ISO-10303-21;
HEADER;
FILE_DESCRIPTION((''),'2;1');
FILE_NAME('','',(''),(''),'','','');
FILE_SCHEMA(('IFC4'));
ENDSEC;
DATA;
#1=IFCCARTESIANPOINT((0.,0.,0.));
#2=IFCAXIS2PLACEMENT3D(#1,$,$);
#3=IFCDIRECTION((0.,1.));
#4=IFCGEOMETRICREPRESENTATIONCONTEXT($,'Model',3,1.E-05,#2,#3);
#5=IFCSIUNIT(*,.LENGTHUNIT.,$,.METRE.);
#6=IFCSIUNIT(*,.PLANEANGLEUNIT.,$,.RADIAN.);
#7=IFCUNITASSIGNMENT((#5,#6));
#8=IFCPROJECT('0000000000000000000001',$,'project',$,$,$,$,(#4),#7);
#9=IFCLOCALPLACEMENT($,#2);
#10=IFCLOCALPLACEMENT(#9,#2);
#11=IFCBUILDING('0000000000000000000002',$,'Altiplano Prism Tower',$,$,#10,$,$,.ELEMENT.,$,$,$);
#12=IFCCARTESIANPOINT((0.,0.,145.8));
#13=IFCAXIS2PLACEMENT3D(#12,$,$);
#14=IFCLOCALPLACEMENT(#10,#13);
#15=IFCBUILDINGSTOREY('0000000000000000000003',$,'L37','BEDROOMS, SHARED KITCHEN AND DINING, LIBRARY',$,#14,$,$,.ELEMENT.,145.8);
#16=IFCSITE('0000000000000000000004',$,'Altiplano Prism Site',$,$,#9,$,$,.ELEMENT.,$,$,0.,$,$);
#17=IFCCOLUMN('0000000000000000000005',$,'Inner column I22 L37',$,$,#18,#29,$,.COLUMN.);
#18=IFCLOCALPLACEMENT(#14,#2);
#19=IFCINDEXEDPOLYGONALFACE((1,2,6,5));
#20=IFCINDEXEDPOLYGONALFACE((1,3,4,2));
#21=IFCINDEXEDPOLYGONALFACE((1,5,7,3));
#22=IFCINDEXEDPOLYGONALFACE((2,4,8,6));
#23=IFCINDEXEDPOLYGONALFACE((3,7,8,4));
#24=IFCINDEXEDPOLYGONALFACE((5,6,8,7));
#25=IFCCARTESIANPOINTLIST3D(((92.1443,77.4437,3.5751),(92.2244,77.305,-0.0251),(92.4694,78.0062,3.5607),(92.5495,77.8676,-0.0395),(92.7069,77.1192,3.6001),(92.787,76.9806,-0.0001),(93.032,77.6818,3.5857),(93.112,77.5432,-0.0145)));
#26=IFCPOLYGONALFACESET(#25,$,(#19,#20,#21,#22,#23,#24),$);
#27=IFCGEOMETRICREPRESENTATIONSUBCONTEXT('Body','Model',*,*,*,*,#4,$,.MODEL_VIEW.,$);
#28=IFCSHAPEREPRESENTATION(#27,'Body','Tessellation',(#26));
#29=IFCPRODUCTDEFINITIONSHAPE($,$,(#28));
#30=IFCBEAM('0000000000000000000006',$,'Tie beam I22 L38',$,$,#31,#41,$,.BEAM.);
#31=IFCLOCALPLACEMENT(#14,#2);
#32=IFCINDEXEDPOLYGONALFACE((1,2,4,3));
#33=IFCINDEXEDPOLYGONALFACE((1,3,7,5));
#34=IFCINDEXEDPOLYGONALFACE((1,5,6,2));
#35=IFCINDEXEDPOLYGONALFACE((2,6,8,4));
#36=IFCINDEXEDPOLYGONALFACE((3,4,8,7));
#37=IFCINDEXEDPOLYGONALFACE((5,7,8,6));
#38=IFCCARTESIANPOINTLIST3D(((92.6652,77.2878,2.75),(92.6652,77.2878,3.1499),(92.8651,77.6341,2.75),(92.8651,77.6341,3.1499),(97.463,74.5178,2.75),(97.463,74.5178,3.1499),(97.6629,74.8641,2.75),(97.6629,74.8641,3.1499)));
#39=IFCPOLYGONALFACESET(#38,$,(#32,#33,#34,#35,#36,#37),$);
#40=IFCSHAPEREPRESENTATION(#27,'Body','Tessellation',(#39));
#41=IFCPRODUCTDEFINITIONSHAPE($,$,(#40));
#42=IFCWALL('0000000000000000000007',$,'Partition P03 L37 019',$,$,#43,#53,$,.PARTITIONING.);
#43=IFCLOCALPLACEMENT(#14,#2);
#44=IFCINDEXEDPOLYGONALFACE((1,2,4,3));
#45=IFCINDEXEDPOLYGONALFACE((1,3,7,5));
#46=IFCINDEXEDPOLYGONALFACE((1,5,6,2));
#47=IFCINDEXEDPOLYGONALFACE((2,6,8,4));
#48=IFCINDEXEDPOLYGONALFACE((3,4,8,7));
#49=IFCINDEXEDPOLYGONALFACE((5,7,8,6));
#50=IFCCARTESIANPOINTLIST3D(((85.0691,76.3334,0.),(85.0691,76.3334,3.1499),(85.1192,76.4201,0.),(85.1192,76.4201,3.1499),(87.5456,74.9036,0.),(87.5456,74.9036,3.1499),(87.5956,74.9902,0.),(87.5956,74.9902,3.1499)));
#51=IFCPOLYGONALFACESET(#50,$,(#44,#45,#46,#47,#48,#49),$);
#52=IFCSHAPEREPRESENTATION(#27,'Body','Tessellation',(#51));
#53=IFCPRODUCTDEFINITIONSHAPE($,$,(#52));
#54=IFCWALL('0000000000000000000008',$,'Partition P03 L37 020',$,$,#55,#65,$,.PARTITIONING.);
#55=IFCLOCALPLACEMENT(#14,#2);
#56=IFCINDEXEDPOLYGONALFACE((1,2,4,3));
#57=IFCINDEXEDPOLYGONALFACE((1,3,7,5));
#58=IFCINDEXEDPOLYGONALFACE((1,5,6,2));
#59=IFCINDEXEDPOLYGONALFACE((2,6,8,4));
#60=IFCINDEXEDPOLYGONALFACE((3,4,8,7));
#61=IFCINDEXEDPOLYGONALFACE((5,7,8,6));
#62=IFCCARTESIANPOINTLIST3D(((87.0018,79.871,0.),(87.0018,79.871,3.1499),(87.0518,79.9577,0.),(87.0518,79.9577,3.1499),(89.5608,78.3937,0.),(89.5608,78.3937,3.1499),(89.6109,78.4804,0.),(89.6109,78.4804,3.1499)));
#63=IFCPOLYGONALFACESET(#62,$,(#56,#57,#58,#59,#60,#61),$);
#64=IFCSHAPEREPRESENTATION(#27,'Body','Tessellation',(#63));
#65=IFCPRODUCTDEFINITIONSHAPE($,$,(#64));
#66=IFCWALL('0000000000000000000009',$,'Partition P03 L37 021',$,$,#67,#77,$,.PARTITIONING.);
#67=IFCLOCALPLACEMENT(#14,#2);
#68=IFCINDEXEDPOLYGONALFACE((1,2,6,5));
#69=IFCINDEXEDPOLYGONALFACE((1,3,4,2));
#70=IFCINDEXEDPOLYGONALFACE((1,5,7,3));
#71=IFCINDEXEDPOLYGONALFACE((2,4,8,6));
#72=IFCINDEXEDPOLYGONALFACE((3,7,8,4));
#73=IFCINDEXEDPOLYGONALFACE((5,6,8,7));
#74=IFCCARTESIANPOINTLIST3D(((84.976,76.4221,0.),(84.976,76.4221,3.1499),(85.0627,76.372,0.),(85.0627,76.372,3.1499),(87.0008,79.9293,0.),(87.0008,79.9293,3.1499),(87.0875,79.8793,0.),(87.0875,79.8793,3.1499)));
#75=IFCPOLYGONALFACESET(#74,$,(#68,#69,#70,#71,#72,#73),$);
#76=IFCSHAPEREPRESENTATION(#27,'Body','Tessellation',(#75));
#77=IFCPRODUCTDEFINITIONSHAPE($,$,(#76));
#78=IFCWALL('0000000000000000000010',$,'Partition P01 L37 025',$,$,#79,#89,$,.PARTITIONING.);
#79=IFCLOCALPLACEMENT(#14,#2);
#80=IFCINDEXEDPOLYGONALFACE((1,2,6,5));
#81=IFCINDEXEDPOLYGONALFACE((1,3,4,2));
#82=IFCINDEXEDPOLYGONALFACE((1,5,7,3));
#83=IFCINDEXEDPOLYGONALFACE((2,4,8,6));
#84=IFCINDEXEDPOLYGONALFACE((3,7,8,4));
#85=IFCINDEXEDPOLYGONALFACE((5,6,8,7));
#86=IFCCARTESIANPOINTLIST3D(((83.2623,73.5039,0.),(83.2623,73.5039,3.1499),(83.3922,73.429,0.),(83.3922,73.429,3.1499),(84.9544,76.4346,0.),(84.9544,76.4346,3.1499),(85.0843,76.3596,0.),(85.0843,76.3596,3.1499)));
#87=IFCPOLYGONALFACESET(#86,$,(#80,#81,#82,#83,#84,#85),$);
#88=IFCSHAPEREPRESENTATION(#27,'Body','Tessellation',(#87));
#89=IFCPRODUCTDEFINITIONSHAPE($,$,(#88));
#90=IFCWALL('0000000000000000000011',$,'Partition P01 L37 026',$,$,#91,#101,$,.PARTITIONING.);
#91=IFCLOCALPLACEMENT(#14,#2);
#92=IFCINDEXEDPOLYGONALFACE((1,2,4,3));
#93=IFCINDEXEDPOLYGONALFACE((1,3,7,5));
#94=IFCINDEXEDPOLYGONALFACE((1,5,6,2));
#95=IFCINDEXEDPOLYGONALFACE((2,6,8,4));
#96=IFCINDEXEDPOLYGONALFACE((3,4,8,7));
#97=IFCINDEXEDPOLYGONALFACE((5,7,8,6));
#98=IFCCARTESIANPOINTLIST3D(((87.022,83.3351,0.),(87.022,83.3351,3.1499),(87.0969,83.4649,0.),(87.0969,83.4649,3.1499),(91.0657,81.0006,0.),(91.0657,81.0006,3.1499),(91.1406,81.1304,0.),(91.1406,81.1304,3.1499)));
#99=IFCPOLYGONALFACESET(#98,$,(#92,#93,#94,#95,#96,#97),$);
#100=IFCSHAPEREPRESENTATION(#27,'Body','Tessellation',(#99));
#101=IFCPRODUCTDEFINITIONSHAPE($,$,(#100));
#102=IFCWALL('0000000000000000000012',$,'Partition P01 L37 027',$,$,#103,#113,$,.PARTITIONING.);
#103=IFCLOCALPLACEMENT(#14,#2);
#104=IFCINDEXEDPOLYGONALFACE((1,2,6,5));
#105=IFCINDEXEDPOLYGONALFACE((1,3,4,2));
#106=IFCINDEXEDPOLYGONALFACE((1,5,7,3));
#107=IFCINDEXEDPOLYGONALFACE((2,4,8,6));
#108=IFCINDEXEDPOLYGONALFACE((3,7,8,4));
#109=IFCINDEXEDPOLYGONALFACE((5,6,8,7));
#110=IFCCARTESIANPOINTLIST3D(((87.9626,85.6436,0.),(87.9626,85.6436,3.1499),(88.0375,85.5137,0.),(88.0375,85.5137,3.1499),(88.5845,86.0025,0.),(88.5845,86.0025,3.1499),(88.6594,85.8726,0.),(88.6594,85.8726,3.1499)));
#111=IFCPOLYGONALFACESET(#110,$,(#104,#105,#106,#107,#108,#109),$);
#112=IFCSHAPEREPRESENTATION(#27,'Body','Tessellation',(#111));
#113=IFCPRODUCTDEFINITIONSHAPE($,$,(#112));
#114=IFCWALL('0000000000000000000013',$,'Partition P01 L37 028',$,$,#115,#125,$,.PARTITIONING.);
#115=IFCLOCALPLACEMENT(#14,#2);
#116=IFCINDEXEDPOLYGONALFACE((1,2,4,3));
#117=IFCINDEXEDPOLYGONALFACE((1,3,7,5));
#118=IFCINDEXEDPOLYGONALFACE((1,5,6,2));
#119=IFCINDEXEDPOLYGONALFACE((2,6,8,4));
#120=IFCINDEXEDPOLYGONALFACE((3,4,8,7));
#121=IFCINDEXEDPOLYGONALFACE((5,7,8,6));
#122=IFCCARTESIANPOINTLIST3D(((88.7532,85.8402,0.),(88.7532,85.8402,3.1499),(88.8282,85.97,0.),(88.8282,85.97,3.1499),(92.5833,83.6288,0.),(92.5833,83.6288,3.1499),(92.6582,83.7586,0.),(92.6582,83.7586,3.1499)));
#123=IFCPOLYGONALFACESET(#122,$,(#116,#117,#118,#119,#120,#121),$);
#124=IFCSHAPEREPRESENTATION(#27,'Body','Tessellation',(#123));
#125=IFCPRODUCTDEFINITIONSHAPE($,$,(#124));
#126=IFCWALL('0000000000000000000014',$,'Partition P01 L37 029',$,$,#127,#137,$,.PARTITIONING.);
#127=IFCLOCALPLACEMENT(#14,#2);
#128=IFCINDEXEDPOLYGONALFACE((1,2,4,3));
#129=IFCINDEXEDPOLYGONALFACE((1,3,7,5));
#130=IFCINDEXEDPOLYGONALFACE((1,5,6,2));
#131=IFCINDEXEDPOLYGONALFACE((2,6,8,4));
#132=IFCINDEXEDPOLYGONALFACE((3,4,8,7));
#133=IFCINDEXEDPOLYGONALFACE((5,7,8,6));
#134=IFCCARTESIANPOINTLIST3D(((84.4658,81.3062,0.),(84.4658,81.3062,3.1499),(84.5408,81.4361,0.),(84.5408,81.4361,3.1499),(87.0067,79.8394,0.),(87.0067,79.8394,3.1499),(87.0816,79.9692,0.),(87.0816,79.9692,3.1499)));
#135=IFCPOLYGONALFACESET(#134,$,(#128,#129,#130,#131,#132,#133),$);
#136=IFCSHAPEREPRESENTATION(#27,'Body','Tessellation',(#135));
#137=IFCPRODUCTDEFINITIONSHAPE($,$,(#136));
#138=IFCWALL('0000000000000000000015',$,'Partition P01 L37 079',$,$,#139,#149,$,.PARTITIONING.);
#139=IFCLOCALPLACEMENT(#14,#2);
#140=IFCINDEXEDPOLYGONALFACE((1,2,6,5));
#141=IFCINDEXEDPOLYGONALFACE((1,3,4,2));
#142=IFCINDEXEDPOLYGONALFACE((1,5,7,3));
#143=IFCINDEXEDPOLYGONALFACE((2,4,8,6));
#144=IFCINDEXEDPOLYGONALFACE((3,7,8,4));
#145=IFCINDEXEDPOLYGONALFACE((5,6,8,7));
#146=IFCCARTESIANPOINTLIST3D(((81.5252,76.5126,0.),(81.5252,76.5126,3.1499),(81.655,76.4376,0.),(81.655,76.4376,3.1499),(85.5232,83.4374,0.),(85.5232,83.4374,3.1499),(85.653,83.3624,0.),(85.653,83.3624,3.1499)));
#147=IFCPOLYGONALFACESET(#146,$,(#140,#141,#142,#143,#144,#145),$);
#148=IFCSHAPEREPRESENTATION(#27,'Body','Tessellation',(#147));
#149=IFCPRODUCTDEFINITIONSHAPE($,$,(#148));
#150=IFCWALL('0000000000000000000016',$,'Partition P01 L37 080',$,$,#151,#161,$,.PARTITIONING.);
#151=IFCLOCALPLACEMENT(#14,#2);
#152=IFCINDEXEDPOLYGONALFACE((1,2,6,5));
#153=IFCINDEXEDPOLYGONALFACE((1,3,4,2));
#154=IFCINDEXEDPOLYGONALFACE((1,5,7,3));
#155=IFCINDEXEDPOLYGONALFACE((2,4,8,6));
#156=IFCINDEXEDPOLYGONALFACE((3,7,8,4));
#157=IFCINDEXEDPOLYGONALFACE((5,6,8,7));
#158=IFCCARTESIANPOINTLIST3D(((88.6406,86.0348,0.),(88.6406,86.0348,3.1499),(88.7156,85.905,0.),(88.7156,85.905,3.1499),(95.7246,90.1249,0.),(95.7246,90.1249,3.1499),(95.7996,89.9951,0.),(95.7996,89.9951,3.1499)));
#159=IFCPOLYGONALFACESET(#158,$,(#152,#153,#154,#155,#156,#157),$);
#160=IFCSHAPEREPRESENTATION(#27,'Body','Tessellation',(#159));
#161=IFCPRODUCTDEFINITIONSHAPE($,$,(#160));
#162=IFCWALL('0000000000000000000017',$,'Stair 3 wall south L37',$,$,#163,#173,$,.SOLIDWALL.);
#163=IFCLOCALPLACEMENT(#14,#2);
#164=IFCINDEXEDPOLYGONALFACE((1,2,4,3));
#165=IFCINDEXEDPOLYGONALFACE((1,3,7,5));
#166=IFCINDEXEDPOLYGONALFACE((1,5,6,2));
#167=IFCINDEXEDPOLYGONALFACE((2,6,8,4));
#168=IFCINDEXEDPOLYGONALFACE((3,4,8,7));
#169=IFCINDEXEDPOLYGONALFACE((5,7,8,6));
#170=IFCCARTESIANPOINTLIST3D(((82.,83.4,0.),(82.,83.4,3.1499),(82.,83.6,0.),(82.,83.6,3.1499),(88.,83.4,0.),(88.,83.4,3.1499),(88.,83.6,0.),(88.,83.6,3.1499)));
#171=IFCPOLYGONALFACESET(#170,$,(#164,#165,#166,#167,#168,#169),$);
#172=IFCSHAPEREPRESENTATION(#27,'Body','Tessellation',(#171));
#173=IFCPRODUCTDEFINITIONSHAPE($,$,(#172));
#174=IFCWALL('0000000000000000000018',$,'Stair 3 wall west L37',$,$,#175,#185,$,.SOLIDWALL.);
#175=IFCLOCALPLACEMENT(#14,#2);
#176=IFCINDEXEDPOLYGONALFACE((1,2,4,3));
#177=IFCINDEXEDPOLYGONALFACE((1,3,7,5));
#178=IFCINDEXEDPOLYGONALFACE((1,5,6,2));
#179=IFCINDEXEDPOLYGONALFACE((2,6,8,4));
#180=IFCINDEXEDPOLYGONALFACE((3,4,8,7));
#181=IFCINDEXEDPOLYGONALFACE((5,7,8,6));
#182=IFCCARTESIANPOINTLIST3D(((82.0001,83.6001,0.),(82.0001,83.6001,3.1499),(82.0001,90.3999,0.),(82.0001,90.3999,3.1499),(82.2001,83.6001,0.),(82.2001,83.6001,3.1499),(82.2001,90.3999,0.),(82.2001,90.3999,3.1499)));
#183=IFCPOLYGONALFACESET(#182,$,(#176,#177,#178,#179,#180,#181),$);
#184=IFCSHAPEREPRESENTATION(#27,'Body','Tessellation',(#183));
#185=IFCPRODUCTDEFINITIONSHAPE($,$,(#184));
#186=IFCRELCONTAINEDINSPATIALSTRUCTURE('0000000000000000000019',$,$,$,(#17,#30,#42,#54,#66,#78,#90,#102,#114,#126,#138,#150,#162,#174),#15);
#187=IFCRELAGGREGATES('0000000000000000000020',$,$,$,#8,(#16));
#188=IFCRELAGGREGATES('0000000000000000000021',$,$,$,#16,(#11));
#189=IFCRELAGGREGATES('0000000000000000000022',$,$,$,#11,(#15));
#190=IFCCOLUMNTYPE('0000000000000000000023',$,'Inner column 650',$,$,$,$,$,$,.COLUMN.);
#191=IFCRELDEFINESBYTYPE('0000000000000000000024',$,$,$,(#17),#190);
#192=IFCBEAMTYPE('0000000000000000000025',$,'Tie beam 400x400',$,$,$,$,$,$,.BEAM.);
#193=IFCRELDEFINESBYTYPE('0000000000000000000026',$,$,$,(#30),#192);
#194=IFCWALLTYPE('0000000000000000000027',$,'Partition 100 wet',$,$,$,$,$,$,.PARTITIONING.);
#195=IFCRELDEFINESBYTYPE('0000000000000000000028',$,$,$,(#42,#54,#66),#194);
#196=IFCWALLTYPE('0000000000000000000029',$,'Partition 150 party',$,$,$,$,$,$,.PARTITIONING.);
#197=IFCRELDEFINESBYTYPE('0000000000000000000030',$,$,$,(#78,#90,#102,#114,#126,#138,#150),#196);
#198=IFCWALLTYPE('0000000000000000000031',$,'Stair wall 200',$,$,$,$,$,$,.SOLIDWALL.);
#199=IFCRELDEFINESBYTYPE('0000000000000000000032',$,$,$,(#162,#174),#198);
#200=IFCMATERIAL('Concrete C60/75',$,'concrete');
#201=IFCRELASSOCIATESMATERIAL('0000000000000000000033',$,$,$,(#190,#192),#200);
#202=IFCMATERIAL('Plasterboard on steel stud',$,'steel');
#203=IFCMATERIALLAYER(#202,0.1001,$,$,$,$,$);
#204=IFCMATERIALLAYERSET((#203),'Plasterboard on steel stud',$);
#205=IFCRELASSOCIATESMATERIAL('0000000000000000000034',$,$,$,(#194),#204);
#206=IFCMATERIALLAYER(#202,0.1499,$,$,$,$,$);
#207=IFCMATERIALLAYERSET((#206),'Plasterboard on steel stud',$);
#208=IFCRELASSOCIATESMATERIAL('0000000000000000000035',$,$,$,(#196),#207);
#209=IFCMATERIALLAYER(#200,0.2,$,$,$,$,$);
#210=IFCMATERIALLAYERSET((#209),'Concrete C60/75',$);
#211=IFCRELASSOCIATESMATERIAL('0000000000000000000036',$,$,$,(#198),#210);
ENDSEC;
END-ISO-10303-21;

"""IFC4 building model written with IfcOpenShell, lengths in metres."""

from ifc_helpers import new_model, si_unit, direction, frame, frame_2d, origin, origin_2d, place, context, subcontext, project, spatial, rectangle, extrude, material, layer, layer_set, material_profile, profile_set, type_object, element, save


model = new_model("IFC4")

# Units and contexts
model_context = context("Model", 3, precision=1e-05, world=origin(), true_north=direction((0.0, 1.0)))
body_context = subcontext(model_context, "Body", "Model", "MODEL_VIEW")
ifc_project = project(units=[si_unit("LENGTHUNIT", "METRE"), si_unit("PLANEANGLEUNIT", "RADIAN")], contexts=[model_context])

# Site, building, storey
site_placement = place(None, origin())
site = spatial("IfcSite", under=ifc_project, at=site_placement, Name="Altiplano Prism Site", CompositionType="ELEMENT", RefElevation=0.0)
building_placement = place(site_placement, origin())
building = spatial("IfcBuilding", under=site, at=building_placement, Name="Altiplano Prism Tower", CompositionType="ELEMENT")
storey_placement = place(building_placement, frame((0.0, 0.0, 145.8)))
storey = spatial("IfcBuildingStorey", under=building, at=storey_placement, Name="L37", Description="BEDROOMS, SHARED KITCHEN AND DINING, LIBRARY", CompositionType="ELEMENT", Elevation=145.8)

# Column
ifc_material_1 = material(Name="Concrete C60/75", Category="concrete")
ifc_material_profile_1 = material_profile(ifc_material_1, rectangle(XDim=0.6499, YDim=0.6499, at=origin_2d()), Name="Inner column 650")
ifc_profile_set_1 = profile_set([ifc_material_profile_1], Name="Concrete C60/75")
column_type = type_object("IfcColumnType", Name="Inner column 650", PredefinedType="COLUMN", material=ifc_profile_set_1)
column_placement = place(storey_placement, frame((92.6682, 77.4241, -0.0198), z_axis=(-0.022221, 0.038481, 0.999012), x_axis=(-0.50017, -0.865642, 0.022218)))
element("IfcColumn", 1, at=column_placement, inside=storey, type_object=column_type, Name="Inner column I22 L37", PredefinedType="COLUMN", context=body_context, shape_type="SweptSolid", body=[
    extrude(rectangle(XDim=0.6499, YDim=0.6499, at=origin_2d()), origin(), (0.0, 0.0, 1.0), 3.6038),
])

# Beam
ifc_material_profile_2 = material_profile(ifc_material_1, rectangle(XDim=0.3999, YDim=0.3999, at=origin_2d()), Name="Tie beam 400x400")
ifc_profile_set_2 = profile_set([ifc_material_profile_2], Name="Concrete C60/75")
beam_type = type_object("IfcBeamType", Name="Tie beam 400x400", PredefinedType="BEAM", material=ifc_profile_set_2)
beam_placement = place(storey_placement, frame((92.7651, 77.4609, 2.95), z_axis=(0.866027, -0.499997, 0.0), x_axis=(0.499997, 0.866027, 0.0)))
element("IfcBeam", 2, at=beam_placement, inside=storey, type_object=beam_type, Name="Tie beam I22 L38", PredefinedType="BEAM", context=body_context, shape_type="SweptSolid", body=[
    extrude(rectangle(XDim=0.3999, YDim=0.3999, at=origin_2d()), origin(), (0.0, 0.0, 1.0), 5.54),
])

# Walls
ifc_material_2 = material(Name="Plasterboard on steel stud", Category="steel")
ifc_layer_1 = layer(ifc_material_2, 0.1001)
ifc_layer_set_1 = layer_set([ifc_layer_1], Name="Plasterboard on steel stud")
wall_type_1 = type_object("IfcWallType", Name="Partition 100 wet", PredefinedType="PARTITIONING", material=ifc_layer_set_1)
wall_1_placement = place(storey_placement, frame((85.0942, 76.3767, 0.0), z_axis=(0.0, 0.0, 1.0), x_axis=(0.866012, -0.500023, 0.0)))
element("IfcWall", 3, at=wall_1_placement, inside=storey, type_object=wall_type_1, Name="Partition P03 L37 019", PredefinedType="PARTITIONING", context=body_context, shape_type="SweptSolid", body=[
    extrude(rectangle(XDim=2.8596, YDim=0.1001, at=frame_2d((1.4297, 0.0))), origin(), (0.0, 0.0, 1.0), 3.1499),
])
wall_2_placement = place(storey_placement, frame((89.5859, 78.437, 0.0), z_axis=(0.0, 0.0, 1.0), x_axis=(-0.866054, 0.499951, 0.0)))
element("IfcWall", 4, at=wall_2_placement, inside=storey, type_object=wall_type_1, Name="Partition P03 L37 020", PredefinedType="PARTITIONING", context=body_context, shape_type="SweptSolid", body=[
    extrude(rectangle(XDim=2.9548, YDim=0.1001, at=frame_2d((1.4775, 0.0))), origin(), (0.0, 0.0, 1.0), 3.1499),
])
wall_3_placement = place(storey_placement, frame((87.0442, 79.9043, 0.0), z_axis=(0.0, 0.0, 1.0), x_axis=(-0.49999, -0.866031, 0.0)))
element("IfcWall", 5, at=wall_3_placement, inside=storey, type_object=wall_type_1, Name="Partition P03 L37 021", PredefinedType="PARTITIONING", context=body_context, shape_type="SweptSolid", body=[
    extrude(rectangle(XDim=4.0498, YDim=0.1001, at=frame_2d((2.0249, 0.0))), origin(), (0.0, 0.0, 1.0), 3.1499),
])
ifc_layer_2 = layer(ifc_material_2, 0.1499)
ifc_layer_set_2 = layer_set([ifc_layer_2], Name="Plasterboard on steel stud")
wall_type_2 = type_object("IfcWallType", Name="Partition 150 party", PredefinedType="PARTITIONING", material=ifc_layer_set_2)
wall_4_placement = place(storey_placement, frame((85.0193, 76.397, 0.0), z_axis=(0.0, 0.0, 1.0), x_axis=(-0.500026, -0.86601, 0.0)))
element("IfcWall", 6, at=wall_4_placement, inside=storey, type_object=wall_type_2, Name="Partition P01 L37 025", PredefinedType="PARTITIONING", context=body_context, shape_type="SweptSolid", body=[
    extrude(rectangle(XDim=3.384, YDim=0.1499, at=frame_2d((1.6919, 0.0))), origin(), (0.0, 0.0, 1.0), 3.1499),
])
wall_5_placement = place(storey_placement, frame((87.0596, 83.3999, 0.0), z_axis=(0.0, 0.0, 1.0), x_axis=(0.86604, -0.499974, 0.0)))
element("IfcWall", 7, at=wall_5_placement, inside=storey, type_object=wall_type_2, Name="Partition P01 L37 026", PredefinedType="PARTITIONING", context=body_context, shape_type="SweptSolid", body=[
    extrude(rectangle(XDim=4.6692, YDim=0.1499, at=frame_2d((2.3345, 0.0))), origin(), (0.0, 0.0, 1.0), 3.1499),
])
wall_6_placement = place(storey_placement, frame((88.6218, 85.9375, 0.0), z_axis=(0.0, 0.0, 1.0), x_axis=(-0.866101, -0.49987, 0.0)))
element("IfcWall", 8, at=wall_6_placement, inside=storey, type_object=wall_type_2, Name="Partition P01 L37 027", PredefinedType="PARTITIONING", context=body_context, shape_type="SweptSolid", body=[
    extrude(rectangle(XDim=0.718, YDim=0.1499, at=frame_2d((0.3589, 0.0))), origin(), (0.0, 0.0, 1.0), 3.1499),
])
wall_7_placement = place(storey_placement, frame((92.6208, 83.6936, 0.0), z_axis=(0.0, 0.0, 1.0), x_axis=(-0.866013, 0.500022, 0.0)))
element("IfcWall", 9, at=wall_7_placement, inside=storey, type_object=wall_type_2, Name="Partition P01 L37 028", PredefinedType="PARTITIONING", context=body_context, shape_type="SweptSolid", body=[
    extrude(rectangle(XDim=4.4226, YDim=0.1499, at=frame_2d((2.2114, 0.0))), origin(), (0.0, 0.0, 1.0), 3.1499),
])
wall_8_placement = place(storey_placement, frame((84.5034, 81.3711, 0.0), z_axis=(0.0, 0.0, 1.0), x_axis=(0.866043, -0.49997, 0.0)))
element("IfcWall", 10, at=wall_8_placement, inside=storey, type_object=wall_type_2, Name="Partition P01 L37 029", PredefinedType="PARTITIONING", context=body_context, shape_type="SweptSolid", body=[
    extrude(rectangle(XDim=2.9338, YDim=0.1499, at=frame_2d((1.4668, 0.0))), origin(), (0.0, 0.0, 1.0), 3.1499),
])
wall_9_placement = place(storey_placement, frame((85.5881, 83.3999, 0.0), z_axis=(0.0, 0.0, 1.0), x_axis=(-0.500001, -0.866025, 0.0)))
element("IfcWall", 11, at=wall_9_placement, inside=storey, type_object=wall_type_2, Name="Partition P01 L37 079", PredefinedType="PARTITIONING", context=body_context, shape_type="SweptSolid", body=[
    extrude(rectangle(XDim=7.9961, YDim=0.1499, at=frame_2d((3.998, 0.0))), origin(), (0.0, 0.0, 1.0), 3.1499),
])
wall_10_placement = place(storey_placement, frame((88.6782, 85.97, 0.0), z_axis=(0.0, 0.0, 1.0), x_axis=(0.866018, 0.500014, 0.0)))
element("IfcWall", 12, at=wall_10_placement, inside=storey, type_object=wall_type_2, Name="Partition P01 L37 080", PredefinedType="PARTITIONING", context=body_context, shape_type="SweptSolid", body=[
    extrude(rectangle(XDim=8.1799, YDim=0.1499, at=frame_2d((4.0898, 0.0))), origin(), (0.0, 0.0, 1.0), 3.1499),
])
ifc_layer_3 = layer(ifc_material_1, 0.2)
ifc_layer_set_3 = layer_set([ifc_layer_3], Name="Concrete C60/75")
wall_type_3 = type_object("IfcWallType", Name="Stair wall 200", PredefinedType="SOLIDWALL", material=ifc_layer_set_3)
wall_11_placement = place(storey_placement, frame((82.0, 83.5, 0.0), z_axis=(0.0, 0.0, 1.0), x_axis=(1.0, 0.0, 0.0)))
element("IfcWall", 13, at=wall_11_placement, inside=storey, type_object=wall_type_3, Name="Stair 3 wall south L37", PredefinedType="SOLIDWALL", context=body_context, shape_type="SweptSolid", body=[
    extrude(rectangle(XDim=6.0, YDim=0.2, at=frame_2d((3.0, 0.0))), origin(), (0.0, 0.0, 1.0), 3.1499),
])
for number, where, z_axis, x_axis, name in (
    (14, (82.1001, 83.6001, 0.0), (0.0, 0.0, 1.0), (0.0, 1.0, 0.0), "Stair 3 wall west L37"),
):
    element("IfcWall", number, at=place(storey_placement, frame(where, z_axis=z_axis, x_axis=x_axis)), inside=storey, type_object=wall_type_3, Name=name, PredefinedType="SOLIDWALL", context=body_context, shape_type="SweptSolid", body=[
        extrude(rectangle(XDim=6.7998, YDim=0.2, at=frame_2d((3.3999, 0.0))), origin(), (0.0, 0.0, 1.0), 3.1499),
    ])

save(model, "model.ifc")
